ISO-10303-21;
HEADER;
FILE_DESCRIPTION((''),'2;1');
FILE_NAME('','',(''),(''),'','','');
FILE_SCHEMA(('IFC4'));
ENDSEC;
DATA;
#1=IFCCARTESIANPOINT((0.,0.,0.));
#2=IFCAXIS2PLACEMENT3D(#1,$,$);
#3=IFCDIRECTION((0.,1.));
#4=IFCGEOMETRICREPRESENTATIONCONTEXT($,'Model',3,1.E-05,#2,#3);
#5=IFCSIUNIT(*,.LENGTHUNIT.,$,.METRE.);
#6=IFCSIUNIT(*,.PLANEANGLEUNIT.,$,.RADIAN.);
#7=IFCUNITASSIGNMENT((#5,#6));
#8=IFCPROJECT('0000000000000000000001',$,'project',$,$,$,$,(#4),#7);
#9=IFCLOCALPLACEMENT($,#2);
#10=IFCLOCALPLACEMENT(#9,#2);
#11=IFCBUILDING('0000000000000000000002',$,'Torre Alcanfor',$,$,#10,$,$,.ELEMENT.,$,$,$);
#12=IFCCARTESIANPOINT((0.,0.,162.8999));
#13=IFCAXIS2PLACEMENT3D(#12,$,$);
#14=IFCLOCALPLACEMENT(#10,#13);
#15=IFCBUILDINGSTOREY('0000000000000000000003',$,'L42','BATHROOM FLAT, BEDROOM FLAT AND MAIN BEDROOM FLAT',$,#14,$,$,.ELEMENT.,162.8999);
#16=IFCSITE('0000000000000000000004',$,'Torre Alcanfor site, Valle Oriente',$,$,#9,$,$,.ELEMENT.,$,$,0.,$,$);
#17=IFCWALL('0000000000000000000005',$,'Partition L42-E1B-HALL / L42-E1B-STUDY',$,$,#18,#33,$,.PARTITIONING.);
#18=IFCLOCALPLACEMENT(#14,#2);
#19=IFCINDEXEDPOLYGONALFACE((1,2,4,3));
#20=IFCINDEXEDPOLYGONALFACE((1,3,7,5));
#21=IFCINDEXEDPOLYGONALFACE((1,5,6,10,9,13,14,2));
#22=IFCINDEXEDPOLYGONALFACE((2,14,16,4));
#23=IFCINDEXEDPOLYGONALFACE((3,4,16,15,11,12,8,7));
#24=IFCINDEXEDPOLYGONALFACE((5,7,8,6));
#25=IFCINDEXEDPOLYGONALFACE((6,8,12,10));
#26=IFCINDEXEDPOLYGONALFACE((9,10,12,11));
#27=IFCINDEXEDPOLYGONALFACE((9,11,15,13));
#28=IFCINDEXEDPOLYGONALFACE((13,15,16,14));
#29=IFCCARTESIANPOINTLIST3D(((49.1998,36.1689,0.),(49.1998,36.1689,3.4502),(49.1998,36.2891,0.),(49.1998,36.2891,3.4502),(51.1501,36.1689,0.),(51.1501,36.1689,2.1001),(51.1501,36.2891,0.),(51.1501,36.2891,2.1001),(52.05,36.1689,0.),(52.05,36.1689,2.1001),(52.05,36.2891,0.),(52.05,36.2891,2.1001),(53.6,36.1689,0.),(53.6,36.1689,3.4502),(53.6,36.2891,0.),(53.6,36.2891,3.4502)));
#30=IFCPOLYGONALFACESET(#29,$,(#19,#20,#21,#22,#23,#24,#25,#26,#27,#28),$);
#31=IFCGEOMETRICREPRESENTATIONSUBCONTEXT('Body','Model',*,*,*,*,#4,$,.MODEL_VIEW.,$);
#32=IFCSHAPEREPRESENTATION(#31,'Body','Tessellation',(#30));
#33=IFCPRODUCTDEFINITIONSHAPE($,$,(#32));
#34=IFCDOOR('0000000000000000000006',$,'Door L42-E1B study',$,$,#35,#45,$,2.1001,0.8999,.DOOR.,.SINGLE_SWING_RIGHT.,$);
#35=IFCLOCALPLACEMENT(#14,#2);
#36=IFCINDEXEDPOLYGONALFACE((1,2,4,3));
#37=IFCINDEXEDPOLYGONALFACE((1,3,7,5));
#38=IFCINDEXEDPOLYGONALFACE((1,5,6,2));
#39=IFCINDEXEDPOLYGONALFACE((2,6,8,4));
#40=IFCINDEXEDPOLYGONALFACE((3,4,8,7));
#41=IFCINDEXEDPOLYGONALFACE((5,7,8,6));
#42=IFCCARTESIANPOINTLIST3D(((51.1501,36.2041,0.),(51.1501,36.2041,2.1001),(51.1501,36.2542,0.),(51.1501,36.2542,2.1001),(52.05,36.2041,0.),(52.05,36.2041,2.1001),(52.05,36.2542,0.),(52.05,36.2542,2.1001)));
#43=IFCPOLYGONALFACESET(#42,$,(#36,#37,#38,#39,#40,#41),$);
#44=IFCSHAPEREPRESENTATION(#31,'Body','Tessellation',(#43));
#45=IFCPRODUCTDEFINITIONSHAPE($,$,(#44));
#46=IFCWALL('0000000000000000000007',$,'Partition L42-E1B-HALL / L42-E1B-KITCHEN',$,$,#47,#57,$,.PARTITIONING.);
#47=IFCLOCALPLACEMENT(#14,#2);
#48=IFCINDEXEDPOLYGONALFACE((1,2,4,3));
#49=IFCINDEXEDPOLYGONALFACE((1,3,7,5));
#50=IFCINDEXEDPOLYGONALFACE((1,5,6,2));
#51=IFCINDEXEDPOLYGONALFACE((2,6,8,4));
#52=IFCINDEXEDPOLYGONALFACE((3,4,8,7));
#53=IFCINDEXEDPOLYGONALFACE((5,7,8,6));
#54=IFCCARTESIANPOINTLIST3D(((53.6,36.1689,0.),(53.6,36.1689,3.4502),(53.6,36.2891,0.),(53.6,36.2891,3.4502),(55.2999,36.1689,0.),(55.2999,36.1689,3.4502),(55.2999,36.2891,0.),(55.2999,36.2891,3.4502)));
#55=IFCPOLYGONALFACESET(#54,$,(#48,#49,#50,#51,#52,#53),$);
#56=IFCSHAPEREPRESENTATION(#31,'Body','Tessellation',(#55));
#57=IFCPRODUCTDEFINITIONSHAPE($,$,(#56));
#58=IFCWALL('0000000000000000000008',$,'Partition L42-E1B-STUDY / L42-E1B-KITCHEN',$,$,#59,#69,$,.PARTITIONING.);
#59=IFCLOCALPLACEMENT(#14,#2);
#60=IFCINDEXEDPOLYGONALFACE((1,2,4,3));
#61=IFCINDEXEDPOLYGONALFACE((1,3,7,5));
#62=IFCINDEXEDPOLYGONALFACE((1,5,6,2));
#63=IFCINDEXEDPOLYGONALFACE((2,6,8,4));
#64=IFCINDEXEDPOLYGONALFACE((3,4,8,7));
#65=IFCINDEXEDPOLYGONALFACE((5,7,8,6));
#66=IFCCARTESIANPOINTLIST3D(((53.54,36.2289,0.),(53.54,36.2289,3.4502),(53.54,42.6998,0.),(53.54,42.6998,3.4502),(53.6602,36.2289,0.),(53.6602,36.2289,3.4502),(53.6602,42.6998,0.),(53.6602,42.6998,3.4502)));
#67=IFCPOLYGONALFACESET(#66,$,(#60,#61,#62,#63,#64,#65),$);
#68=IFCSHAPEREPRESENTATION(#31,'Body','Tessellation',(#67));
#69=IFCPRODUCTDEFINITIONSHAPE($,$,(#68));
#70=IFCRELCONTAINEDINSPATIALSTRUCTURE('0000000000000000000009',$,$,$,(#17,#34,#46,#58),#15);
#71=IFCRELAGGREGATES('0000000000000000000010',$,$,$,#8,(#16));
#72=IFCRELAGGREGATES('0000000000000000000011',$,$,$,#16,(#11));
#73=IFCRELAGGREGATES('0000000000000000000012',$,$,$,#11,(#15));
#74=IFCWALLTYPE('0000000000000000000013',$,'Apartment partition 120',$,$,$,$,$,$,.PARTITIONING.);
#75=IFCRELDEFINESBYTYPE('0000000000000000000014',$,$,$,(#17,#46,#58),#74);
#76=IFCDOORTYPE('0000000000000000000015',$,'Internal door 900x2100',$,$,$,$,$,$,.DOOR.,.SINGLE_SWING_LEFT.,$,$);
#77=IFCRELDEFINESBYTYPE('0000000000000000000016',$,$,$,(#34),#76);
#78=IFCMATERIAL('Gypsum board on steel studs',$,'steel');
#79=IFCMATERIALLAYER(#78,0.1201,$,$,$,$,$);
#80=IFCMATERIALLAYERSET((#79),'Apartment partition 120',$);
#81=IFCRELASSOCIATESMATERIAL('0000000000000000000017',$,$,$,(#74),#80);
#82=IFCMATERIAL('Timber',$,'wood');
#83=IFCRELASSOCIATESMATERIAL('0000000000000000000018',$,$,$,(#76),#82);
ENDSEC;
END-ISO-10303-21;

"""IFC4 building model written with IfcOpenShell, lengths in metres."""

from ifc_helpers import new_model, si_unit, direction, frame, frame_2d, origin, place, context, subcontext, project, spatial, rectangle, extrude, material, layer, layer_set, type_object, element, fill, save


model = new_model("IFC4")

# Units and contexts
model_context = context("Model", 3, precision=1e-05, world=origin(), true_north=direction((0.0, 1.0)))
body_context = subcontext(model_context, "Body", "Model", "MODEL_VIEW")
ifc_project = project(units=[si_unit("LENGTHUNIT", "METRE"), si_unit("PLANEANGLEUNIT", "RADIAN")], contexts=[model_context])

# Site, building, storey
site_placement = place(None, origin())
site = spatial("IfcSite", under=ifc_project, at=site_placement, Name="Torre Alcanfor site, Valle Oriente", CompositionType="ELEMENT", RefElevation=0.0)
building_placement = place(site_placement, origin())
building = spatial("IfcBuilding", under=site, at=building_placement, Name="Torre Alcanfor", CompositionType="ELEMENT")
storey_placement = place(building_placement, frame((0.0, 0.0, 162.8999)))
storey = spatial("IfcBuildingStorey", under=building, at=storey_placement, Name="L42", Description="BATHROOM FLAT, BEDROOM FLAT AND MAIN BEDROOM FLAT", CompositionType="ELEMENT", Elevation=162.8999)

# Wall, opening, door
ifc_material_1 = material(Name="Gypsum board on steel studs", Category="steel")
ifc_layer_1 = layer(ifc_material_1, 0.1201)
ifc_layer_set_1 = layer_set([ifc_layer_1], Name="Apartment partition 120")
wall_type_1 = type_object("IfcWallType", Name="Apartment partition 120", PredefinedType="PARTITIONING", material=ifc_layer_set_1)
wall_1_placement = place(storey_placement, frame((53.6001, 36.229, 0.0), z_axis=(0.0, 0.0, 1.0), x_axis=(-1.0, 0.0, 0.0)))
wall_1 = element("IfcWall", 1, at=wall_1_placement, inside=storey, type_object=wall_type_1, Name="Partition L42-E1B-HALL / L42-E1B-STUDY", PredefinedType="PARTITIONING", context=body_context, shape_type="SweptSolid", body=[
    extrude(rectangle(XDim=4.4001, YDim=0.1201, at=frame_2d((2.2002, 0.0))), origin(), (0.0, 0.0, 1.0), 3.4502),
])
opening_1_placement = place(wall_1_placement, frame((1.55, 0.0, 0.0)))
opening_1 = element("IfcOpeningElement", 2, at=opening_1_placement, cuts=wall_1, PredefinedType="OPENING", context=body_context, shape_type="SweptSolid", body=[
    extrude(rectangle(XDim=0.8999, YDim=2.1001, at=frame_2d((0.45, 1.05))), frame((0.0, 0.0701, 0.0), z_axis=(0.0, -1.0, 0.0), x_axis=(1.0, 0.0, 0.0)), (0.0, 0.0, 1.0), 0.1401),
])
ifc_material_2 = material(Name="Timber", Category="wood")
door_type_1 = type_object("IfcDoorType", Name="Internal door 900x2100", OperationType="SINGLE_SWING_LEFT", PredefinedType="DOOR", material=ifc_material_2)
door_1_placement = place(opening_1_placement, frame((0.8999, 0.0, 0.0), z_axis=(0.0, 0.0, 1.0), x_axis=(-1.0, 0.0, 0.0)))
door_1 = element("IfcDoor", 3, at=door_1_placement, inside=storey, type_object=door_type_1, Name="Door L42-E1B study", OperationType="SINGLE_SWING_RIGHT", OverallHeight=2.1001, OverallWidth=0.8999, PredefinedType="DOOR", context=body_context, shape_type="SweptSolid", body=[
    extrude(rectangle(XDim=0.8999, YDim=2.1001, at=frame_2d((0.45, 1.05))), frame((0.0, 0.0251, 0.0), z_axis=(0.0, -1.0, 0.0), x_axis=(1.0, 0.0, 0.0)), (0.0, 0.0, 1.0), 0.05),
])
fill(opening_1, door_1)

# Walls
wall_2_placement = place(storey_placement, frame((55.3, 36.229, 0.0), z_axis=(0.0, 0.0, 1.0), x_axis=(-1.0, 0.0, 0.0)))
element("IfcWall", 4, at=wall_2_placement, inside=storey, type_object=wall_type_1, Name="Partition L42-E1B-HALL / L42-E1B-KITCHEN", PredefinedType="PARTITIONING", context=body_context, shape_type="SweptSolid", body=[
    extrude(rectangle(XDim=1.7, YDim=0.1201, at=frame_2d((0.8501, 0.0))), origin(), (0.0, 0.0, 1.0), 3.4502),
])
wall_3_placement = place(storey_placement, frame((53.6001, 36.229, 0.0), z_axis=(0.0, 0.0, 1.0), x_axis=(0.0, 1.0, 0.0)))
element("IfcWall", 5, at=wall_3_placement, inside=storey, type_object=wall_type_1, Name="Partition L42-E1B-STUDY / L42-E1B-KITCHEN", PredefinedType="PARTITIONING", context=body_context, shape_type="SweptSolid", body=[
    extrude(rectangle(XDim=6.4709, YDim=0.1201, at=frame_2d((3.2354, 0.0))), origin(), (0.0, 0.0, 1.0), 3.4502),
])

save(model, "model.ifc")
